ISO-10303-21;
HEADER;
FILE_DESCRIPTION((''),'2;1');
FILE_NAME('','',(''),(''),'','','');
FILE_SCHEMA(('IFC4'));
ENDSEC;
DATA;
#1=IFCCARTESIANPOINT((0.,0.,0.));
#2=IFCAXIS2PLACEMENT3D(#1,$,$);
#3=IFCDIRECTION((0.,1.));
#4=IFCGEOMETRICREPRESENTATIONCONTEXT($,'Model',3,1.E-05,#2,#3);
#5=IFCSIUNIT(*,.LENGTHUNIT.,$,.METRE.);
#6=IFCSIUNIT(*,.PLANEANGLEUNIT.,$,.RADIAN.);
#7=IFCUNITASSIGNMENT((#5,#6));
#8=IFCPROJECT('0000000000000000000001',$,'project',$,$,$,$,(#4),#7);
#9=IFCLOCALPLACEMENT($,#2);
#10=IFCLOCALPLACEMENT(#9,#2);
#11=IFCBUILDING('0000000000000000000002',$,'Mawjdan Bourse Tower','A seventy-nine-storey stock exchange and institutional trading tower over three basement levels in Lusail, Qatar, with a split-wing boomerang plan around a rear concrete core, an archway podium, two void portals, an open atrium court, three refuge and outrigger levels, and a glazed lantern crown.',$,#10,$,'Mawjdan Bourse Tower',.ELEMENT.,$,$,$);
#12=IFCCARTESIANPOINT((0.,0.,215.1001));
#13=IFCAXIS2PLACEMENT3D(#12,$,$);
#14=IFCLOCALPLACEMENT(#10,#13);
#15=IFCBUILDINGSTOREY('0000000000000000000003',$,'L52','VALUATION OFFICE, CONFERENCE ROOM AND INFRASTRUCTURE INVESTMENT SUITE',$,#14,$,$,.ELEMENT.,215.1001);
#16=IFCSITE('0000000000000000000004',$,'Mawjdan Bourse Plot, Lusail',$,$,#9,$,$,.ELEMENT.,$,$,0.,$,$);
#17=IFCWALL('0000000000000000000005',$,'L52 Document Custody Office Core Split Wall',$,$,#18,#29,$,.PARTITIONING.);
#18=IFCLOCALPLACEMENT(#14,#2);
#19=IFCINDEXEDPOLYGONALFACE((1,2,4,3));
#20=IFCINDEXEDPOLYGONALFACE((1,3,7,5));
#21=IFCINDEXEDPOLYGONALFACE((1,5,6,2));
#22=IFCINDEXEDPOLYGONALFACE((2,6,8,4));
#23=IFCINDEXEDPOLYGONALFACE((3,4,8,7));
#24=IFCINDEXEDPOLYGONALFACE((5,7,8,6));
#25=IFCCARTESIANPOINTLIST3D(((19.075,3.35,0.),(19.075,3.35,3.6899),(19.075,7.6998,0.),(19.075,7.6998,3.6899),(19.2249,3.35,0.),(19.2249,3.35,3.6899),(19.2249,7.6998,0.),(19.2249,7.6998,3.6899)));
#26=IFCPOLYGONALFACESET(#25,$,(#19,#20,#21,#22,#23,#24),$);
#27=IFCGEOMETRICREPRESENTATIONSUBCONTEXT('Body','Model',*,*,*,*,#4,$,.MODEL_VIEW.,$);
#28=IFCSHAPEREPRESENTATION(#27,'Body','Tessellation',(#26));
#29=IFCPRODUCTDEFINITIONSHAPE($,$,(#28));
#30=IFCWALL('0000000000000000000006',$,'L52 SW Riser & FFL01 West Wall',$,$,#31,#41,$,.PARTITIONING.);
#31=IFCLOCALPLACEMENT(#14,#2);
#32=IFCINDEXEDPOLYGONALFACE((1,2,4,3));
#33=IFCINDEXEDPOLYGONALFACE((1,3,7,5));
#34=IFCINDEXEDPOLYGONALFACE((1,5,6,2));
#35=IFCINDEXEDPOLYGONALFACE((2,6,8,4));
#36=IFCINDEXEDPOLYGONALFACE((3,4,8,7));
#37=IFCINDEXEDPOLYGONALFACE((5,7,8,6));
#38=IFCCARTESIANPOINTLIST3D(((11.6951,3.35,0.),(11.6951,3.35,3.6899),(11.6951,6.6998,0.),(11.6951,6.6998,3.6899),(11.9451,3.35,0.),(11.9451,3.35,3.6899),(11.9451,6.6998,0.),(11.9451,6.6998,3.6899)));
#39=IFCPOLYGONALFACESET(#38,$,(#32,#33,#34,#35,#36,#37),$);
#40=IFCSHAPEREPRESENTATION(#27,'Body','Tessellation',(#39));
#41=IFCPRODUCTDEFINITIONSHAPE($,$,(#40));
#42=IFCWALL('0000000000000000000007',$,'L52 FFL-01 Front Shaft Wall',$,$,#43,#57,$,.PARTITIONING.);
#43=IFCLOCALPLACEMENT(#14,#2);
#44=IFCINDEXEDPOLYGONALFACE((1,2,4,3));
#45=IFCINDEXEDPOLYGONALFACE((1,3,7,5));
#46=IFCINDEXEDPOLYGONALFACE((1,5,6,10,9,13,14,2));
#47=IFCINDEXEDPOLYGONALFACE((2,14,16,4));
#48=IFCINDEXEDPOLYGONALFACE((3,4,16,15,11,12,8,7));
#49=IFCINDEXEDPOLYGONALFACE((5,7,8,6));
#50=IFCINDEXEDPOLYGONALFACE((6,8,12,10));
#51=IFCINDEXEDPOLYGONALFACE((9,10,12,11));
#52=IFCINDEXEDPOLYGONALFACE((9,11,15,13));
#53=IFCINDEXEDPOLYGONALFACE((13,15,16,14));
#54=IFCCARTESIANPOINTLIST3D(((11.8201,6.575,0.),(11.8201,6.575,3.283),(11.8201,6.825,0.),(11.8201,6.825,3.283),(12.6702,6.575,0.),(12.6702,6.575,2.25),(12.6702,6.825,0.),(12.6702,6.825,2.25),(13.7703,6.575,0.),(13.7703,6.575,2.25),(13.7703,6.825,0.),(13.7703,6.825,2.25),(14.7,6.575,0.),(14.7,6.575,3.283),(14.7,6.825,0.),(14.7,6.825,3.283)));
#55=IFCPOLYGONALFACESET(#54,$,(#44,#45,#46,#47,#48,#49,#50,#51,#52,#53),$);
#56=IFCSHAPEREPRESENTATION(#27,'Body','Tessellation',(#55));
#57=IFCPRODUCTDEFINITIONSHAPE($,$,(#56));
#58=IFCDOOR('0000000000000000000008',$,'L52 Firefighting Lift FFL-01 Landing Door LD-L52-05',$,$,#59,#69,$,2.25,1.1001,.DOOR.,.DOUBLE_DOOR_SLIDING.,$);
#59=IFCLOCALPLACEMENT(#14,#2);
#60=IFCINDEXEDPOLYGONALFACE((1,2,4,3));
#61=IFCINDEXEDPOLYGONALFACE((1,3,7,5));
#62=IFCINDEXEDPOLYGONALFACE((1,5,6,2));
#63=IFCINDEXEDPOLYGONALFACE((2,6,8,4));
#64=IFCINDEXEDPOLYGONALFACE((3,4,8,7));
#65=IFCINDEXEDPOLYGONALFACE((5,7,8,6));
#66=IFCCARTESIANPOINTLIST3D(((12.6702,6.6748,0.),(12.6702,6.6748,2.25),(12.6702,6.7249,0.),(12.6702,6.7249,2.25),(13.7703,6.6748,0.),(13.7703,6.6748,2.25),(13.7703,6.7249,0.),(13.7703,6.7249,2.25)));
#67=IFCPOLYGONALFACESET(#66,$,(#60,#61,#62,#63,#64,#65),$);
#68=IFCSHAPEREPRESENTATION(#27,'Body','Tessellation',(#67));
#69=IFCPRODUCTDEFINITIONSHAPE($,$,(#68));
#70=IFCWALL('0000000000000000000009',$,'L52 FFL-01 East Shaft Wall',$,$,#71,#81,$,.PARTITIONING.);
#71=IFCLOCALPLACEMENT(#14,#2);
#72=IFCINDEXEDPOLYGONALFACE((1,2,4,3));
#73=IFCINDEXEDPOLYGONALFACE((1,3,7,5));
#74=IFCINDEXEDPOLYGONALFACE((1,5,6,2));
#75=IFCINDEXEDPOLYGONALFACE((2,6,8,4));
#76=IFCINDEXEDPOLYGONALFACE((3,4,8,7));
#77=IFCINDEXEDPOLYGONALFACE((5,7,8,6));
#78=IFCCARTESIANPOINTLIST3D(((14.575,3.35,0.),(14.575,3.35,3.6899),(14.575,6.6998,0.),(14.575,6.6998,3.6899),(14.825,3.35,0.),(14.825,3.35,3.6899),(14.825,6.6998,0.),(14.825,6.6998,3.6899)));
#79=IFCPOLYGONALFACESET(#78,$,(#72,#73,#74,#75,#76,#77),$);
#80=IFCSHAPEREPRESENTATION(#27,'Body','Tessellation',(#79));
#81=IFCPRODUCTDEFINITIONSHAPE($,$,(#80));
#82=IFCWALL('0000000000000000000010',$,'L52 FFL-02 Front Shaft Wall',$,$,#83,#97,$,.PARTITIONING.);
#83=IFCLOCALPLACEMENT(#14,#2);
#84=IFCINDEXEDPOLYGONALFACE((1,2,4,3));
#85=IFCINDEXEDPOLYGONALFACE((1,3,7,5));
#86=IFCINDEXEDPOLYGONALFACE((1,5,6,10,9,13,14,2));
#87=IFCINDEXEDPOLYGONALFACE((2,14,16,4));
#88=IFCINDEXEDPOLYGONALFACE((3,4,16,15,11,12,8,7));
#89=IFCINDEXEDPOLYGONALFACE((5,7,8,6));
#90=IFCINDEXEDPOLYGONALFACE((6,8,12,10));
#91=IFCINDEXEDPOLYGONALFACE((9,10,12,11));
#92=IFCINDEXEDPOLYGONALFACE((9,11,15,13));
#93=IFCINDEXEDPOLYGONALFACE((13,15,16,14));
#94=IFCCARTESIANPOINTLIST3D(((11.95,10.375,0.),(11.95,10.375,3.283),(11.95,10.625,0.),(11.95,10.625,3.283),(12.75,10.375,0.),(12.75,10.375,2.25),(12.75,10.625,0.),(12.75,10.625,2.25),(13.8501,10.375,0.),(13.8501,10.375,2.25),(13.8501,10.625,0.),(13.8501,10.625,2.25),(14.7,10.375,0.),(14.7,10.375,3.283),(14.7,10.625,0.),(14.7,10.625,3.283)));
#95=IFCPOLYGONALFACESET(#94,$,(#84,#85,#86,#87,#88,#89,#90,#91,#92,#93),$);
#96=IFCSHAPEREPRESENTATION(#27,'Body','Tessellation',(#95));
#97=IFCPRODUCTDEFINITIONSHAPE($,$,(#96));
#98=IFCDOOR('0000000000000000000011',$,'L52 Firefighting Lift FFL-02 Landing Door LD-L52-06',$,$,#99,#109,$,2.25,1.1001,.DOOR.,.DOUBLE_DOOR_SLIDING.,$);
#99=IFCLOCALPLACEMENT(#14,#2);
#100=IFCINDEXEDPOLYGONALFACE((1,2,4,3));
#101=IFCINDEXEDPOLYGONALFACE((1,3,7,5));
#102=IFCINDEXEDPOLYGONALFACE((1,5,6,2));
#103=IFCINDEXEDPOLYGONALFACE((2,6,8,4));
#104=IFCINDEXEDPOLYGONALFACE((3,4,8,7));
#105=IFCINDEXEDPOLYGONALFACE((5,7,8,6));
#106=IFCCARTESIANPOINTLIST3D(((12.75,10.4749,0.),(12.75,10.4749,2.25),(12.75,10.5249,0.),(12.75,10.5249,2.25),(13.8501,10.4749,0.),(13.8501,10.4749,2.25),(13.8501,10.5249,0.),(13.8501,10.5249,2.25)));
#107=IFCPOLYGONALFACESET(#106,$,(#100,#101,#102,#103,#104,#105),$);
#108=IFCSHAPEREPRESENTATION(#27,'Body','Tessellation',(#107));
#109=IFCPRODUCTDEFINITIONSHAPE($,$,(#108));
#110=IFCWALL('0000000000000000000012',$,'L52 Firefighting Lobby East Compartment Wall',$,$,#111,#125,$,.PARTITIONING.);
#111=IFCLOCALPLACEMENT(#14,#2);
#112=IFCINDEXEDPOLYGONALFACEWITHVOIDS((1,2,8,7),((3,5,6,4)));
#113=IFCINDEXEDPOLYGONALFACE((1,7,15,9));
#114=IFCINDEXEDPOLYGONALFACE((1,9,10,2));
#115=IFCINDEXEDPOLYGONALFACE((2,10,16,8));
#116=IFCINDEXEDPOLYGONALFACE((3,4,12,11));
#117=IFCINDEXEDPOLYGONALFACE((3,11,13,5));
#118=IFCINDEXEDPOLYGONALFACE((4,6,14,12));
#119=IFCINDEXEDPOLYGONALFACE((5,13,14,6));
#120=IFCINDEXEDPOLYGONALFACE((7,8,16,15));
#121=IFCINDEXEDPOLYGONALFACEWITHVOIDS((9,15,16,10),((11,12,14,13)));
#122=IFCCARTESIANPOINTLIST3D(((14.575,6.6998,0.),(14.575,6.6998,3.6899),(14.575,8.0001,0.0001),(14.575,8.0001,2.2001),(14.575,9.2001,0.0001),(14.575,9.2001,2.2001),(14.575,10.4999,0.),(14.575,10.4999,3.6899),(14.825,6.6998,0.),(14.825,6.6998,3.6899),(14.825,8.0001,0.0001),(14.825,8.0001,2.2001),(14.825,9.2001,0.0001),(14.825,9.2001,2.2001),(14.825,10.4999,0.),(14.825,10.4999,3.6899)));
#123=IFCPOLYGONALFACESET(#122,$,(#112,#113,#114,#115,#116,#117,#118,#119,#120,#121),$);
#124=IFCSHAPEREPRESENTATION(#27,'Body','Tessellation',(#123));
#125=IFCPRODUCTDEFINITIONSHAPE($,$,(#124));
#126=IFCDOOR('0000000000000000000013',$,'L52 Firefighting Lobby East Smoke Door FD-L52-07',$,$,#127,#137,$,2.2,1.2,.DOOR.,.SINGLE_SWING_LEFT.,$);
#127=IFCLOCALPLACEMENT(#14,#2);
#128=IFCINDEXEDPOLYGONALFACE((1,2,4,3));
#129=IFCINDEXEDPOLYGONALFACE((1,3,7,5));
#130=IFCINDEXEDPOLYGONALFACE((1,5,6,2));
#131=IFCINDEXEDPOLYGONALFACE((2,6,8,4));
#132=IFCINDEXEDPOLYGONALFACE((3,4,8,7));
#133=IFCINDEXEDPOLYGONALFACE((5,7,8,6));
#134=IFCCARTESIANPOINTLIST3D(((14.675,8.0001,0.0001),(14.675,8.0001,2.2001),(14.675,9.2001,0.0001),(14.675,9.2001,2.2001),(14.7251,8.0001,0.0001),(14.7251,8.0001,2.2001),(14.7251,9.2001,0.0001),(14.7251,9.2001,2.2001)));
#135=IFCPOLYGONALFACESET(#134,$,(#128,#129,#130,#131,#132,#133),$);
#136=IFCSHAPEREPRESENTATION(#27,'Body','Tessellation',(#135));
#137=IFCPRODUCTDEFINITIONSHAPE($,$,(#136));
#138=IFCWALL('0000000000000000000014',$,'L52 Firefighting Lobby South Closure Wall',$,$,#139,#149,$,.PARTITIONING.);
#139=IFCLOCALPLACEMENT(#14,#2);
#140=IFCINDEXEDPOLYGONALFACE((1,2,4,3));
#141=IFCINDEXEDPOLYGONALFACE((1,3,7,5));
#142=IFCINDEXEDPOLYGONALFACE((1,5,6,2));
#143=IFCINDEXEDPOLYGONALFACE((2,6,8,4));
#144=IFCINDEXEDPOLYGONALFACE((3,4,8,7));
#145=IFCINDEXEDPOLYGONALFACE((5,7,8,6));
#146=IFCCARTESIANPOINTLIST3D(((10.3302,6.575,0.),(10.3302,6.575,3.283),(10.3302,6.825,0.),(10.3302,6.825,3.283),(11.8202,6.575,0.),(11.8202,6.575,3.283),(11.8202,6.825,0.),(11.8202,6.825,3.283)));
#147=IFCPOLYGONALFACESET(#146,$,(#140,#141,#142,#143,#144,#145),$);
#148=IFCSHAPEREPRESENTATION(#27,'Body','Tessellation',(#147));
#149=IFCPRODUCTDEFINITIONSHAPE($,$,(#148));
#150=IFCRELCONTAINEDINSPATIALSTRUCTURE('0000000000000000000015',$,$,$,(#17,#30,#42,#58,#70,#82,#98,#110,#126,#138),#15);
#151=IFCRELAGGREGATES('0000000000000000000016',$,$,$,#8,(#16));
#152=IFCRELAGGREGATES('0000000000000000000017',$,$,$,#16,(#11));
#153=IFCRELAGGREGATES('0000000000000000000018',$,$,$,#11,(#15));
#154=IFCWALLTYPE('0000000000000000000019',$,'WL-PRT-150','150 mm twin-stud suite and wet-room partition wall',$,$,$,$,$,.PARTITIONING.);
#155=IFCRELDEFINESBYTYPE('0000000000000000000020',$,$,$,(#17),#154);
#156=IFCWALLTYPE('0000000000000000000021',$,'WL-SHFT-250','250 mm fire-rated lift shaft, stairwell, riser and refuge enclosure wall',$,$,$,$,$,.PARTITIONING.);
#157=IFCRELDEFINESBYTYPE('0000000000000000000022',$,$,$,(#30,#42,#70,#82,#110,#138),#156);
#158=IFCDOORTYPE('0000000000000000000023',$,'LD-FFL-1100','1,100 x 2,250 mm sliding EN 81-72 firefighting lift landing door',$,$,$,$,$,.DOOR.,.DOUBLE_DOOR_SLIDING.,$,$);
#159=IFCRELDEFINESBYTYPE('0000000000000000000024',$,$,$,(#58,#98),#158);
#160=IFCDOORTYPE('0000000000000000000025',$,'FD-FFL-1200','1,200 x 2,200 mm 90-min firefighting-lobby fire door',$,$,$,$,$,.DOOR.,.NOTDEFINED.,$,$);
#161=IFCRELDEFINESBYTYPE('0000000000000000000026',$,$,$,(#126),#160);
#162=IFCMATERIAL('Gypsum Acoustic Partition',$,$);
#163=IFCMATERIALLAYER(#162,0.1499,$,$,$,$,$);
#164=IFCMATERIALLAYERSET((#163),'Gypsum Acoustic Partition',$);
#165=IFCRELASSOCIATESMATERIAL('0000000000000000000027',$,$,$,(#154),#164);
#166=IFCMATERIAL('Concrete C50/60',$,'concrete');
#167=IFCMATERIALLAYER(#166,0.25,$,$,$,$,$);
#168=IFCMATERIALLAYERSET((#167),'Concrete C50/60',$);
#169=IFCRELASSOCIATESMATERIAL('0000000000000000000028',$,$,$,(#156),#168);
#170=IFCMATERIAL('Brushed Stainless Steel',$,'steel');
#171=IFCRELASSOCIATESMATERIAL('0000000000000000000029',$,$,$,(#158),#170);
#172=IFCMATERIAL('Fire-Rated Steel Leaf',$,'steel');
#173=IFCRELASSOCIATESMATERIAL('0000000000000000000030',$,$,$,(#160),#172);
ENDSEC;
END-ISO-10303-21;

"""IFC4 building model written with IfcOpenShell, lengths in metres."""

from ifc_helpers import new_model, si_unit, direction, frame, frame_2d, origin, place, context, subcontext, project, spatial, rectangle, extrude, material, layer, layer_set, type_object, element, fill, save


model = new_model("IFC4")

# Units and contexts
model_context = context("Model", 3, precision=1e-05, world=origin(), true_north=direction((0.0, 1.0)))
body_context = subcontext(model_context, "Body", "Model", "MODEL_VIEW")
ifc_project = project(units=[si_unit("LENGTHUNIT", "METRE"), si_unit("PLANEANGLEUNIT", "RADIAN")], contexts=[model_context])

# Site, building, storey
site_placement = place(None, origin())
site = spatial("IfcSite", under=ifc_project, at=site_placement, Name="Mawjdan Bourse Plot, Lusail", CompositionType="ELEMENT", RefElevation=0.0)
building_placement = place(site_placement, origin())
building = spatial("IfcBuilding", under=site, at=building_placement, Name="Mawjdan Bourse Tower", Description="A seventy-nine-storey stock exchange and institutional trading tower over three basement levels in Lusail, Qatar, with a split-wing boomerang plan around a rear concrete core, an archway podium, two void portals, an open atrium court, three refuge and outrigger levels, and a glazed lantern crown.", LongName="Mawjdan Bourse Tower", CompositionType="ELEMENT")
storey_placement = place(building_placement, frame((0.0, 0.0, 215.1001)))
storey = spatial("IfcBuildingStorey", under=building, at=storey_placement, Name="L52", Description="VALUATION OFFICE, CONFERENCE ROOM AND INFRASTRUCTURE INVESTMENT SUITE", CompositionType="ELEMENT", Elevation=215.1001)

# Walls
ifc_material_1 = material(Name="Gypsum Acoustic Partition")
ifc_layer_1 = layer(ifc_material_1, 0.1499)
ifc_layer_set_1 = layer_set([ifc_layer_1], Name="Gypsum Acoustic Partition")
wall_type_1 = type_object("IfcWallType", Name="WL-PRT-150", Description="150 mm twin-stud suite and wet-room partition wall", PredefinedType="PARTITIONING", material=ifc_layer_set_1)
wall_1_placement = place(storey_placement, frame((19.1499, 3.3501, 0.0), z_axis=(0.0, 0.0, 1.0), x_axis=(0.0, 1.0, 0.0)))
element("IfcWall", 1, at=wall_1_placement, inside=storey, type_object=wall_type_1, Name="L52 Document Custody Office Core Split Wall", PredefinedType="PARTITIONING", context=body_context, shape_type="SweptSolid", body=[
    extrude(rectangle(XDim=4.3499, YDim=0.1499, at=frame_2d((2.1748, 0.0))), origin(), (0.0, 0.0, 1.0), 3.6899),
])
ifc_material_2 = material(Name="Concrete C50/60", Category="concrete")
ifc_layer_2 = layer(ifc_material_2, 0.25)
ifc_layer_set_2 = layer_set([ifc_layer_2], Name="Concrete C50/60")
wall_type_2 = type_object("IfcWallType", Name="WL-SHFT-250", Description="250 mm fire-rated lift shaft, stairwell, riser and refuge enclosure wall", PredefinedType="PARTITIONING", material=ifc_layer_set_2)
wall_2_placement = place(storey_placement, frame((11.8201, 3.3501, 0.0), z_axis=(0.0, 0.0, 1.0), x_axis=(0.0, 1.0, 0.0)))
element("IfcWall", 2, at=wall_2_placement, inside=storey, type_object=wall_type_2, Name="L52 SW Riser & FFL01 West Wall", PredefinedType="PARTITIONING", context=body_context, shape_type="SweptSolid", body=[
    extrude(rectangle(XDim=3.3499, YDim=0.25, at=frame_2d((1.6748, 0.0))), origin(), (0.0, 0.0, 1.0), 3.6899),
])

# Wall, opening, door
wall_3_placement = place(storey_placement, frame((11.8201, 6.7, 0.0), z_axis=(0.0, 0.0, 1.0), x_axis=(1.0, 0.0, 0.0)))
wall_3 = element("IfcWall", 3, at=wall_3_placement, inside=storey, type_object=wall_type_2, Name="L52 FFL-01 Front Shaft Wall", PredefinedType="PARTITIONING", context=body_context, shape_type="SweptSolid", body=[
    extrude(rectangle(XDim=2.8799, YDim=0.25, at=frame_2d((1.4399, 0.0))), origin(), (0.0, 0.0, 1.0), 3.283),
])
opening_1_placement = place(wall_3_placement, frame((0.8501, 0.0, 0.0)))
opening_1 = element("IfcOpeningElement", 4, at=opening_1_placement, cuts=wall_3, PredefinedType="OPENING", context=body_context, shape_type="SweptSolid", body=[
    extrude(rectangle(XDim=1.1001, YDim=2.25, at=frame_2d((0.55, 1.125))), frame((0.0, 0.135, 0.0), z_axis=(0.0, -1.0, 0.0), x_axis=(1.0, 0.0, 0.0)), (0.0, 0.0, 1.0), 0.27),
])
ifc_material_3 = material(Name="Brushed Stainless Steel", Category="steel")
door_type_1 = type_object("IfcDoorType", Name="LD-FFL-1100", Description="1,100 x 2,250 mm sliding EN 81-72 firefighting lift landing door", OperationType="DOUBLE_DOOR_SLIDING", PredefinedType="DOOR", material=ifc_material_3)
door_1_placement = place(opening_1_placement, origin())
door_1 = element("IfcDoor", 5, at=door_1_placement, inside=storey, type_object=door_type_1, Name="L52 Firefighting Lift FFL-01 Landing Door LD-L52-05", OperationType="DOUBLE_DOOR_SLIDING", OverallHeight=2.25, OverallWidth=1.1001, PredefinedType="DOOR", context=body_context, shape_type="SweptSolid", body=[
    extrude(rectangle(XDim=1.1001, YDim=2.25, at=frame_2d((0.55, 1.125))), frame((0.0, 0.0249, 0.0), z_axis=(0.0, -1.0, 0.0), x_axis=(1.0, 0.0, 0.0)), (0.0, 0.0, 1.0), 0.05),
])
fill(opening_1, door_1)

# Wall
wall_4_placement = place(storey_placement, frame((14.7, 3.3501, 0.0), z_axis=(0.0, 0.0, 1.0), x_axis=(0.0, 1.0, 0.0)))
element("IfcWall", 6, at=wall_4_placement, inside=storey, type_object=wall_type_2, Name="L52 FFL-01 East Shaft Wall", PredefinedType="PARTITIONING", context=body_context, shape_type="SweptSolid", body=[
    extrude(rectangle(XDim=3.3499, YDim=0.25, at=frame_2d((1.6748, 0.0))), origin(), (0.0, 0.0, 1.0), 3.6899),
])

# Walls, openings, doors
wall_5_placement = place(storey_placement, frame((11.95, 10.5, 0.0), z_axis=(0.0, 0.0, 1.0), x_axis=(1.0, 0.0, 0.0)))
wall_5 = element("IfcWall", 7, at=wall_5_placement, inside=storey, type_object=wall_type_2, Name="L52 FFL-02 Front Shaft Wall", PredefinedType="PARTITIONING", context=body_context, shape_type="SweptSolid", body=[
    extrude(rectangle(XDim=2.75, YDim=0.25, at=frame_2d((1.375, 0.0))), origin(), (0.0, 0.0, 1.0), 3.283),
])
opening_2_placement = place(wall_5_placement, frame((0.8, 0.0, 0.0)))
opening_2 = element("IfcOpeningElement", 8, at=opening_2_placement, cuts=wall_5, PredefinedType="OPENING", context=body_context, shape_type="SweptSolid", body=[
    extrude(rectangle(XDim=1.1001, YDim=2.25, at=frame_2d((0.55, 1.125))), frame((0.0, 0.135, 0.0), z_axis=(0.0, -1.0, 0.0), x_axis=(1.0, 0.0, 0.0)), (0.0, 0.0, 1.0), 0.27),
])
door_2_placement = place(opening_2_placement, origin())
door_2 = element("IfcDoor", 9, at=door_2_placement, inside=storey, type_object=door_type_1, Name="L52 Firefighting Lift FFL-02 Landing Door LD-L52-06", OperationType="DOUBLE_DOOR_SLIDING", OverallHeight=2.25, OverallWidth=1.1001, PredefinedType="DOOR", context=body_context, shape_type="SweptSolid", body=[
    extrude(rectangle(XDim=1.1001, YDim=2.25, at=frame_2d((0.55, 1.125))), frame((0.0, 0.0249, 0.0), z_axis=(0.0, -1.0, 0.0), x_axis=(1.0, 0.0, 0.0)), (0.0, 0.0, 1.0), 0.05),
])
fill(opening_2, door_2)
wall_6_placement = place(storey_placement, frame((14.7, 6.7, 0.0), z_axis=(0.0, 0.0, 1.0), x_axis=(0.0, 1.0, 0.0)))
wall_6 = element("IfcWall", 10, at=wall_6_placement, inside=storey, type_object=wall_type_2, Name="L52 Firefighting Lobby East Compartment Wall", PredefinedType="PARTITIONING", context=body_context, shape_type="SweptSolid", body=[
    extrude(rectangle(XDim=3.8, YDim=0.25, at=frame_2d((1.8999, 0.0))), origin(), (0.0, 0.0, 1.0), 3.6899),
])
opening_3_placement = place(wall_6_placement, frame((1.3, 0.0, 0.0)))
opening_3 = element("IfcOpeningElement", 11, at=opening_3_placement, cuts=wall_6, PredefinedType="OPENING", context=body_context, shape_type="SweptSolid", body=[
    extrude(rectangle(XDim=1.2, YDim=2.2, at=frame_2d((0.6001, 1.1001))), frame((0.0, 0.135, 0.0), z_axis=(0.0, -1.0, 0.0), x_axis=(1.0, 0.0, 0.0)), (0.0, 0.0, 1.0), 0.27),
])
ifc_material_4 = material(Name="Fire-Rated Steel Leaf", Category="steel")
door_type_2 = type_object("IfcDoorType", Name="FD-FFL-1200", Description="1,200 x 2,200 mm 90-min firefighting-lobby fire door", OperationType="NOTDEFINED", PredefinedType="DOOR", material=ifc_material_4)
door_3_placement = place(opening_3_placement, origin())
door_3 = element("IfcDoor", 12, at=door_3_placement, inside=storey, type_object=door_type_2, Name="L52 Firefighting Lobby East Smoke Door FD-L52-07", OperationType="SINGLE_SWING_LEFT", OverallHeight=2.2, OverallWidth=1.2, PredefinedType="DOOR", context=body_context, shape_type="SweptSolid", body=[
    extrude(rectangle(XDim=1.2, YDim=2.2, at=frame_2d((0.6001, 1.1001))), frame((0.0, 0.0249, 0.0), z_axis=(0.0, -1.0, 0.0), x_axis=(1.0, 0.0, 0.0)), (0.0, 0.0, 1.0), 0.05),
])
fill(opening_3, door_3)

# Wall
wall_7_placement = place(storey_placement, frame((10.3301, 6.7, 0.0), z_axis=(0.0, 0.0, 1.0), x_axis=(1.0, 0.0, 0.0)))
element("IfcWall", 13, at=wall_7_placement, inside=storey, type_object=wall_type_2, Name="L52 Firefighting Lobby South Closure Wall", PredefinedType="PARTITIONING", context=body_context, shape_type="SweptSolid", body=[
    extrude(rectangle(XDim=1.49, YDim=0.25, at=frame_2d((0.7451, 0.0))), origin(), (0.0, 0.0, 1.0), 3.283),
])

save(model, "model.ifc")
